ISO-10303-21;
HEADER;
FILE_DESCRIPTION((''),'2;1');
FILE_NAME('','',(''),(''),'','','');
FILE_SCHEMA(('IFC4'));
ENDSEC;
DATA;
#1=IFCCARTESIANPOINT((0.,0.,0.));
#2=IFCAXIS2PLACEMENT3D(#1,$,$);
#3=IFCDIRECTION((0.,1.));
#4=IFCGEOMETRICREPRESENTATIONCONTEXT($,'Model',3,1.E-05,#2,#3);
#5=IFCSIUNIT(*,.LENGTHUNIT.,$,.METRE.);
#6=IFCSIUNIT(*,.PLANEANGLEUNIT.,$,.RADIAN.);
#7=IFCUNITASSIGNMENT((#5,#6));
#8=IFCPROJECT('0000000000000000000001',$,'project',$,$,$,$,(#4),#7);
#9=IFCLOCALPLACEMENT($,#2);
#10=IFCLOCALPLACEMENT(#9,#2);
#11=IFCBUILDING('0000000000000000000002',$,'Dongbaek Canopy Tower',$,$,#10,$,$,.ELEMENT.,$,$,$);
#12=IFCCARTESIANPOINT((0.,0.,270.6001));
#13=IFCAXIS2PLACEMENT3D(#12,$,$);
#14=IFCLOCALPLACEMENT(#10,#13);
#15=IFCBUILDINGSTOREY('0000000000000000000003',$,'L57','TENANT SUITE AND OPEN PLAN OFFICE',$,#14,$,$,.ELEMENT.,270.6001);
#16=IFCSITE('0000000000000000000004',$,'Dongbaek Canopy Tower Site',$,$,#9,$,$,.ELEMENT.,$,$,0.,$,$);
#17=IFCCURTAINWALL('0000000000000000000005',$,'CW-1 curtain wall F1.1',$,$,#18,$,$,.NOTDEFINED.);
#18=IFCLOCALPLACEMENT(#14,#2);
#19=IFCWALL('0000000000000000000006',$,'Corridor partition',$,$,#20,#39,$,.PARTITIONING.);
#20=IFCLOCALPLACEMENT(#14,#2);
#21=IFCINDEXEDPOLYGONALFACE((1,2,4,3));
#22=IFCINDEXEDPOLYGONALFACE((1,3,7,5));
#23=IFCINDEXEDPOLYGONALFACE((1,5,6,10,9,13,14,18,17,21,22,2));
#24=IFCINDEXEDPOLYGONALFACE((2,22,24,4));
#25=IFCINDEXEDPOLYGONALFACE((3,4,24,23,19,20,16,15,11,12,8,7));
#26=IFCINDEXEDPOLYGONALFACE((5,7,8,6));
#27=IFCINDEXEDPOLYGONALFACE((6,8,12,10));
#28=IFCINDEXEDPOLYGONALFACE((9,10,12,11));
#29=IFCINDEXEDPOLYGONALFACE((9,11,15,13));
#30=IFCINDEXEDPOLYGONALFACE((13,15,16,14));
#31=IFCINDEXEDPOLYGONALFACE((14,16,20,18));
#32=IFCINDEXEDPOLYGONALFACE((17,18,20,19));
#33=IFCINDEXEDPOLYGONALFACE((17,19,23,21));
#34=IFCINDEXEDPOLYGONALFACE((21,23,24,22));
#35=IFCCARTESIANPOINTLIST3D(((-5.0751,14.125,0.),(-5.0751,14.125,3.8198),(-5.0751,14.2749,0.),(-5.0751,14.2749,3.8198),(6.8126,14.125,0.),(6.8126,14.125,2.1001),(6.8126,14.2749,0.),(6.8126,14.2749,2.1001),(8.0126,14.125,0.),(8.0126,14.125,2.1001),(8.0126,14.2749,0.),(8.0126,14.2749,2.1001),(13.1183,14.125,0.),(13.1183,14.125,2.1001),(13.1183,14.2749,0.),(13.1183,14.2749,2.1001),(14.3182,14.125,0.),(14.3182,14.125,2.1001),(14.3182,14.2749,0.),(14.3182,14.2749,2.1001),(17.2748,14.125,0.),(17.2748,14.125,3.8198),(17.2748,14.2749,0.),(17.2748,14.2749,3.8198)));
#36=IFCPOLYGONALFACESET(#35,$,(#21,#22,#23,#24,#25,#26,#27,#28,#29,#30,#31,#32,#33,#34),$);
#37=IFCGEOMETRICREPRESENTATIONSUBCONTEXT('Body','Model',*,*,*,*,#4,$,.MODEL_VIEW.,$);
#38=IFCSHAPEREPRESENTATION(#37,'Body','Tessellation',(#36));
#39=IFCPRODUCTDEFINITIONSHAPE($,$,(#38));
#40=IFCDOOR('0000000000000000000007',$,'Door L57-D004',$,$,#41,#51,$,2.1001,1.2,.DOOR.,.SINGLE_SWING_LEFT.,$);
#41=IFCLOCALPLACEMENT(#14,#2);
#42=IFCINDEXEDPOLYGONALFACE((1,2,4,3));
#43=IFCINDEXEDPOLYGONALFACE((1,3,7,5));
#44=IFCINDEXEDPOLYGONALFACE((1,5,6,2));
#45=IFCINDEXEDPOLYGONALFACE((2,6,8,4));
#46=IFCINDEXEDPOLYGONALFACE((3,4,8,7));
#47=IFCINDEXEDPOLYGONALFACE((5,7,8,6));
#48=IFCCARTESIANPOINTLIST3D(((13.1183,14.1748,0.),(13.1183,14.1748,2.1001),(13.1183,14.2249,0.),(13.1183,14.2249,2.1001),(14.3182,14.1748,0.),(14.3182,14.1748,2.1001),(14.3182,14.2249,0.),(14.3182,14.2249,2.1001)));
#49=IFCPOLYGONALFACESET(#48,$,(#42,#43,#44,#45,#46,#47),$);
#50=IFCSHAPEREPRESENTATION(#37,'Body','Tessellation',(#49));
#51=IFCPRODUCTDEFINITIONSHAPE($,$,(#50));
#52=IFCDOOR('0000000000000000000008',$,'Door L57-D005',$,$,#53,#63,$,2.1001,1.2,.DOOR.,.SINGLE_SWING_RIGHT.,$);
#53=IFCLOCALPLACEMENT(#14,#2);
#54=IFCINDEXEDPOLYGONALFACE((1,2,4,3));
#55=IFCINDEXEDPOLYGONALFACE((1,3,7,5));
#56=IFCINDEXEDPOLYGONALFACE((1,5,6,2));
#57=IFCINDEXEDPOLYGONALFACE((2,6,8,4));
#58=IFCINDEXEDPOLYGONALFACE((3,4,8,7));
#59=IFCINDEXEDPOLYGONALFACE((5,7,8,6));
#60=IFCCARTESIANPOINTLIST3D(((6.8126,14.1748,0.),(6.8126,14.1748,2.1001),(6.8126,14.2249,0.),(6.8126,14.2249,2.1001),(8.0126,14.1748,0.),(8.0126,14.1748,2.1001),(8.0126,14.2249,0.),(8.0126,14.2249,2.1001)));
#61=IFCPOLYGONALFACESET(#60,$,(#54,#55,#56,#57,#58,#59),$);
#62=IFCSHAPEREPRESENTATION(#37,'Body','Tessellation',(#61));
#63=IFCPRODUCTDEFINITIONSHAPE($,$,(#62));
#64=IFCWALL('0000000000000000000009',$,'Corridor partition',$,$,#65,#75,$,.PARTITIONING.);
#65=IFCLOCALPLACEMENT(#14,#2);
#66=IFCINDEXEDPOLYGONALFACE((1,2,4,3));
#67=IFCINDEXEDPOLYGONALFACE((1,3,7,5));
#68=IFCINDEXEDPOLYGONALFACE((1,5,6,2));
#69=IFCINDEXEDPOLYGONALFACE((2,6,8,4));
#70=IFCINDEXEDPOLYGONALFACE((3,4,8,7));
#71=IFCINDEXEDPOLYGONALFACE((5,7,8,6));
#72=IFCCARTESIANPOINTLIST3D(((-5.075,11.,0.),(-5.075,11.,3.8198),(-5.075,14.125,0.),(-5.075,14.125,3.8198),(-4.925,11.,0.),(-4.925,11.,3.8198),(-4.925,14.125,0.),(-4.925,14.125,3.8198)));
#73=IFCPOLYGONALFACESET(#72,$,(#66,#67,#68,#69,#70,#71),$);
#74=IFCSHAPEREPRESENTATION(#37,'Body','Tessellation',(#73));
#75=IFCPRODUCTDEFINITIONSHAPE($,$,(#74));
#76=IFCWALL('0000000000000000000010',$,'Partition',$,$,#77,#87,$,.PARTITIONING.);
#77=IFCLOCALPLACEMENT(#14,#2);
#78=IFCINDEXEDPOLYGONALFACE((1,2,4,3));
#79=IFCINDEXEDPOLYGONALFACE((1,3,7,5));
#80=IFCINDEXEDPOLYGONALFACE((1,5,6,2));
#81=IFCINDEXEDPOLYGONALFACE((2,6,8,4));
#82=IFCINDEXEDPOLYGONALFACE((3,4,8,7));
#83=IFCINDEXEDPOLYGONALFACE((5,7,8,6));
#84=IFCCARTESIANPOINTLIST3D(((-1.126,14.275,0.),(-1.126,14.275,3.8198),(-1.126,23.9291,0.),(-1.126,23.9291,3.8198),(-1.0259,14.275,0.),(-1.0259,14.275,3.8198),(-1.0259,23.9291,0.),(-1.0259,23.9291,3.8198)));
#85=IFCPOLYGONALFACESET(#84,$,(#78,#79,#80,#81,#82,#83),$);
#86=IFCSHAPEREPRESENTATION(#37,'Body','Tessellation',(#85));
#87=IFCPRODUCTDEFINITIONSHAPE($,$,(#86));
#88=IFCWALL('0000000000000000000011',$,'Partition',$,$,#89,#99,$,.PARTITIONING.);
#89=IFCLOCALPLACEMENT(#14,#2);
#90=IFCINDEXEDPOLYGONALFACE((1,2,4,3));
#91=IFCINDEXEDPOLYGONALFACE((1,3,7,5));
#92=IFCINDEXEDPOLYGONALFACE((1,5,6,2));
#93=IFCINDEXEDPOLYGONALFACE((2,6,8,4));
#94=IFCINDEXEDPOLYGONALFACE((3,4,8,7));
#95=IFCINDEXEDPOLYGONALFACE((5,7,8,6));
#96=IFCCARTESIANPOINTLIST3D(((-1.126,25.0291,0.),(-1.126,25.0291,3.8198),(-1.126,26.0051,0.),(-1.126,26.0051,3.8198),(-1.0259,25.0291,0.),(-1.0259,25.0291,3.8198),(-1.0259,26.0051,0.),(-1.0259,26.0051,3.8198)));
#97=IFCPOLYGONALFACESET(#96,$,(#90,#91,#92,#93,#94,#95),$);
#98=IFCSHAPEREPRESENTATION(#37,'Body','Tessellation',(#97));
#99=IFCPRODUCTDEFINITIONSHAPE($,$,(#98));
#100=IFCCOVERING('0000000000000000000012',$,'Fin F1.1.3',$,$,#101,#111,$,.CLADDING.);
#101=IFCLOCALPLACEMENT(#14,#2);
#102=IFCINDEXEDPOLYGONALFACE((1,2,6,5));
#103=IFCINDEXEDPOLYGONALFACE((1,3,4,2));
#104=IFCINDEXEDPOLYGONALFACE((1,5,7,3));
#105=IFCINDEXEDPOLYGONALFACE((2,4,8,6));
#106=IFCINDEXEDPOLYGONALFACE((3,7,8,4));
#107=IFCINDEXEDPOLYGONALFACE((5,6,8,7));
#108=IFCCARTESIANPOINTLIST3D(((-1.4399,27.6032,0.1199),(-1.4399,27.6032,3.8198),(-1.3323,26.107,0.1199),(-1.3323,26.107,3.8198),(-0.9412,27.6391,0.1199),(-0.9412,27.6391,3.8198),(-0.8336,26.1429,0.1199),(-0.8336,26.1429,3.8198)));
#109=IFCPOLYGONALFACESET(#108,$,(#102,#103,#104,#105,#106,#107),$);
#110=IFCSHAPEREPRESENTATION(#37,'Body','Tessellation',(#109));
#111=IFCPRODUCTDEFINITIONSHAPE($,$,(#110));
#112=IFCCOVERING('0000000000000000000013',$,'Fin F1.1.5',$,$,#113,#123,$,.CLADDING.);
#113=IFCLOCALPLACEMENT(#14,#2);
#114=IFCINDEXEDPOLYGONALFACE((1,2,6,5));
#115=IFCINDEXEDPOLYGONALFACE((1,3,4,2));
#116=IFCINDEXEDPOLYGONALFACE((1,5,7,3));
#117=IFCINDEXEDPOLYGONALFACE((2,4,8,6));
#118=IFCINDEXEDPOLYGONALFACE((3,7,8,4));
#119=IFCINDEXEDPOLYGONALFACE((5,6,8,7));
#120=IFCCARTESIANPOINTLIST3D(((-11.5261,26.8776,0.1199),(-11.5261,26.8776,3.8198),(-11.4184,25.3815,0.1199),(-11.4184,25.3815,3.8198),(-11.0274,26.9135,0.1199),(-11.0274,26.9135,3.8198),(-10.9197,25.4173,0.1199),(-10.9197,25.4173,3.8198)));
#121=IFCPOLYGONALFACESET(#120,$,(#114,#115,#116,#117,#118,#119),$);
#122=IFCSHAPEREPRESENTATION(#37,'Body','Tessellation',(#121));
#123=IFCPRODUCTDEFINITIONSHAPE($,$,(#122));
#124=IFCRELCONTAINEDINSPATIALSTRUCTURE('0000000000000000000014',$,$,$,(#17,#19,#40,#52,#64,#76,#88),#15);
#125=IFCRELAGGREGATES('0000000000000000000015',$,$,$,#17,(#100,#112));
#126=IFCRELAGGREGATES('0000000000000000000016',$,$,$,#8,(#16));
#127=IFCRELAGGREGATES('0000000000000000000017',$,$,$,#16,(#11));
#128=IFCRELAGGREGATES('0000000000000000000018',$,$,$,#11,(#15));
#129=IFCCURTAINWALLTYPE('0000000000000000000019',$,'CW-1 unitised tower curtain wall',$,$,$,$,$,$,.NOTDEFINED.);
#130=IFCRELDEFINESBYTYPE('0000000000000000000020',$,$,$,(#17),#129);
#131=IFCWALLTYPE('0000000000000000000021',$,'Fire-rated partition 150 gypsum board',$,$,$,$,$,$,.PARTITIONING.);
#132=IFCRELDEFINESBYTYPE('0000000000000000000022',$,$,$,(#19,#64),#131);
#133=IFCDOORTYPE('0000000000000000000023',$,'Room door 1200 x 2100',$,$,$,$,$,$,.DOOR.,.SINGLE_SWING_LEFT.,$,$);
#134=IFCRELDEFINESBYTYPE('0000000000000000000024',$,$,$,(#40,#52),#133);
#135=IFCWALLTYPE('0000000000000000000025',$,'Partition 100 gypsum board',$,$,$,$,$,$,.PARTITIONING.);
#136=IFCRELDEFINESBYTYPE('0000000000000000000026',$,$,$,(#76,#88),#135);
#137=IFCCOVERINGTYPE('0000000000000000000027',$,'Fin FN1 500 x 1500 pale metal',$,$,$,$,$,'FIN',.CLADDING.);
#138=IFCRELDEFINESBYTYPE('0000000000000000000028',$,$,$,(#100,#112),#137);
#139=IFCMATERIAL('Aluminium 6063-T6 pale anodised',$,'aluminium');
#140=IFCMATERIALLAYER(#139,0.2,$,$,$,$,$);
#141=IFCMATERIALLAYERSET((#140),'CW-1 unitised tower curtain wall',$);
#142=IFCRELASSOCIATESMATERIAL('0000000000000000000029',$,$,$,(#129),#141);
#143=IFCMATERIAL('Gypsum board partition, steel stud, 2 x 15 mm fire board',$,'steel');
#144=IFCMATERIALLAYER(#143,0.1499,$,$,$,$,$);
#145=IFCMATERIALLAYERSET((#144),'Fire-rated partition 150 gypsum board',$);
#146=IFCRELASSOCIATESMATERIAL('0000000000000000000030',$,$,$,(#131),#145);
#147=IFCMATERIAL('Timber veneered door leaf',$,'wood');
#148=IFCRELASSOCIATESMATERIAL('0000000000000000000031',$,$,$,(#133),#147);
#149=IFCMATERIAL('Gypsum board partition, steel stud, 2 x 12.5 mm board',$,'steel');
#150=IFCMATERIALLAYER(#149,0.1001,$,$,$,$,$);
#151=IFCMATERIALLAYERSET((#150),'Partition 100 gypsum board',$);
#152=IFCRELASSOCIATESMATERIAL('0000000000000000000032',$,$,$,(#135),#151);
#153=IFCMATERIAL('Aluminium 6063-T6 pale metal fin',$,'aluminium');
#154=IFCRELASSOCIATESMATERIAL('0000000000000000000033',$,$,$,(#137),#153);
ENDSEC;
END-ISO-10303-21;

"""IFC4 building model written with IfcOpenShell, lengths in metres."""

from ifc_helpers import new_model, si_unit, direction, frame, frame_2d, origin, origin_2d, place, context, subcontext, project, spatial, rectangle, extrude, material, layer, layer_set, material_profile, profile_set, type_object, element, fill, aggregate, save


model = new_model("IFC4")

# Units and contexts
model_context = context("Model", 3, precision=1e-05, world=origin(), true_north=direction((0.0, 1.0)))
body_context = subcontext(model_context, "Body", "Model", "MODEL_VIEW")
ifc_project = project(units=[si_unit("LENGTHUNIT", "METRE"), si_unit("PLANEANGLEUNIT", "RADIAN")], contexts=[model_context])

# Site, building, storey
site_placement = place(None, origin())
site = spatial("IfcSite", under=ifc_project, at=site_placement, Name="Dongbaek Canopy Tower Site", CompositionType="ELEMENT", RefElevation=0.0)
building_placement = place(site_placement, origin())
building = spatial("IfcBuilding", under=site, at=building_placement, Name="Dongbaek Canopy Tower", CompositionType="ELEMENT")
storey_placement = place(building_placement, frame((0.0, 0.0, 270.6001)))
storey = spatial("IfcBuildingStorey", under=building, at=storey_placement, Name="L57", Description="TENANT SUITE AND OPEN PLAN OFFICE", CompositionType="ELEMENT", Elevation=270.6001)

# Curtain wall
ifc_material_1 = material(Name="Aluminium 6063-T6 pale anodised", Category="aluminium")
ifc_layer_1 = layer(ifc_material_1, 0.2)
ifc_layer_set_1 = layer_set([ifc_layer_1], Name="CW-1 unitised tower curtain wall")
curtain_wall_type = type_object("IfcCurtainWallType", Name="CW-1 unitised tower curtain wall", PredefinedType="NOTDEFINED", material=ifc_layer_set_1)
curtain_wall_1_placement = place(storey_placement, origin())
curtain_wall_1 = element("IfcCurtainWall", 1, at=curtain_wall_1_placement, inside=storey, type_object=curtain_wall_type, Name="CW-1 curtain wall F1.1", PredefinedType="NOTDEFINED")

# Wall, openings, doors
ifc_material_2 = material(Name="Gypsum board partition, steel stud, 2 x 15 mm fire board", Category="steel")
ifc_layer_2 = layer(ifc_material_2, 0.1499)
ifc_layer_set_2 = layer_set([ifc_layer_2], Name="Fire-rated partition 150 gypsum board")
wall_type_1 = type_object("IfcWallType", Name="Fire-rated partition 150 gypsum board", PredefinedType="PARTITIONING", material=ifc_layer_set_2)
wall_1_placement = place(storey_placement, frame((-5.075, 14.2, 0.0), z_axis=(0.0, 0.0, 1.0), x_axis=(1.0, 0.0, 0.0)))
wall_1 = element("IfcWall", 2, at=wall_1_placement, inside=storey, type_object=wall_type_1, Name="Corridor partition", PredefinedType="PARTITIONING", context=body_context, shape_type="SweptSolid", body=[
    extrude(rectangle(XDim=22.3499, YDim=0.1499, at=frame_2d((11.1748, 0.0))), origin(), (0.0, 0.0, 1.0), 3.8198),
])
opening_1_placement = place(wall_1_placement, frame((18.1931, 0.0, 0.0)))
opening_1 = element("IfcOpeningElement", 3, at=opening_1_placement, cuts=wall_1, PredefinedType="OPENING", context=body_context, shape_type="SweptSolid", body=[
    extrude(rectangle(XDim=1.2, YDim=2.1001, at=frame_2d((0.6001, 1.05))), frame((0.0, 0.085, 0.0), z_axis=(0.0, -1.0, 0.0), x_axis=(1.0, 0.0, 0.0)), (0.0, 0.0, 1.0), 0.1699),
])
opening_2_placement = place(wall_1_placement, frame((11.8875, 0.0, 0.0)))
opening_2 = element("IfcOpeningElement", 4, at=opening_2_placement, cuts=wall_1, PredefinedType="OPENING", context=body_context, shape_type="SweptSolid", body=[
    extrude(rectangle(XDim=1.2, YDim=2.1001, at=frame_2d((0.6001, 1.05))), frame((0.0, 0.085, 0.0), z_axis=(0.0, -1.0, 0.0), x_axis=(1.0, 0.0, 0.0)), (0.0, 0.0, 1.0), 0.1699),
])
ifc_material_3 = material(Name="Timber veneered door leaf", Category="wood")
door_type = type_object("IfcDoorType", Name="Room door 1200 x 2100", OperationType="SINGLE_SWING_LEFT", PredefinedType="DOOR", material=ifc_material_3)
door_1_placement = place(opening_1_placement, origin())
door_1 = element("IfcDoor", 5, at=door_1_placement, inside=storey, type_object=door_type, Name="Door L57-D004", OperationType="SINGLE_SWING_LEFT", OverallHeight=2.1001, OverallWidth=1.2, PredefinedType="DOOR", context=body_context, shape_type="SweptSolid", body=[
    extrude(rectangle(XDim=1.2, YDim=2.1001, at=frame_2d((0.6001, 1.05))), frame((0.0, 0.0249, 0.0), z_axis=(0.0, -1.0, 0.0), x_axis=(1.0, 0.0, 0.0)), (0.0, 0.0, 1.0), 0.05),
])
fill(opening_1, door_1)
door_2_placement = place(opening_2_placement, origin())
door_2 = element("IfcDoor", 6, at=door_2_placement, inside=storey, type_object=door_type, Name="Door L57-D005", OperationType="SINGLE_SWING_RIGHT", OverallHeight=2.1001, OverallWidth=1.2, PredefinedType="DOOR", context=body_context, shape_type="SweptSolid", body=[
    extrude(rectangle(XDim=1.2, YDim=2.1001, at=frame_2d((0.6001, 1.05))), frame((0.0, 0.0249, 0.0), z_axis=(0.0, -1.0, 0.0), x_axis=(1.0, 0.0, 0.0)), (0.0, 0.0, 1.0), 0.05),
])
fill(opening_2, door_2)

# Walls
wall_2_placement = place(storey_placement, frame((-5.0, 11.0, 0.0), z_axis=(0.0, 0.0, 1.0), x_axis=(0.0, 1.0, 0.0)))
element("IfcWall", 7, at=wall_2_placement, inside=storey, type_object=wall_type_1, Name="Corridor partition", PredefinedType="PARTITIONING", context=body_context, shape_type="SweptSolid", body=[
    extrude(rectangle(XDim=3.125, YDim=0.1499, at=frame_2d((1.5625, 0.0))), origin(), (0.0, 0.0, 1.0), 3.8198),
])
ifc_material_4 = material(Name="Gypsum board partition, steel stud, 2 x 12.5 mm board", Category="steel")
ifc_layer_3 = layer(ifc_material_4, 0.1001)
ifc_layer_set_3 = layer_set([ifc_layer_3], Name="Partition 100 gypsum board")
wall_type_2 = type_object("IfcWallType", Name="Partition 100 gypsum board", PredefinedType="PARTITIONING", material=ifc_layer_set_3)
wall_3_placement = place(storey_placement, frame((-1.0759, 14.2749, 0.0), z_axis=(0.0, 0.0, 1.0), x_axis=(0.0, 1.0, 0.0)))
element("IfcWall", 8, at=wall_3_placement, inside=storey, type_object=wall_type_2, Name="Partition", PredefinedType="PARTITIONING", context=body_context, shape_type="SweptSolid", body=[
    extrude(rectangle(XDim=9.6541, YDim=0.1001, at=frame_2d((4.8271, 0.0))), origin(), (0.0, 0.0, 1.0), 3.8198),
])
wall_4_placement = place(storey_placement, frame((-1.0759, 25.0291, 0.0), z_axis=(0.0, 0.0, 1.0), x_axis=(0.0, 1.0, 0.0)))
element("IfcWall", 9, at=wall_4_placement, inside=storey, type_object=wall_type_2, Name="Partition", PredefinedType="PARTITIONING", context=body_context, shape_type="SweptSolid", body=[
    extrude(rectangle(XDim=0.9761, YDim=0.1001, at=frame_2d((0.488, 0.0))), origin(), (0.0, 0.0, 1.0), 3.8198),
])

# Coverings
ifc_material_5 = material(Name="Aluminium 6063-T6 pale metal fin", Category="aluminium")
ifc_material_profile_1 = material_profile(ifc_material_5, rectangle(XDim=1.5, YDim=0.5, at=origin_2d()), Name="Fin FN1 500 x 1500 pale metal")
ifc_profile_set_1 = profile_set([ifc_material_profile_1], Name="Aluminium 6063-T6 pale metal fin")
covering_type = type_object("IfcCoveringType", Name="Fin FN1 500 x 1500 pale metal", ElementType="FIN", PredefinedType="CLADDING", material=ifc_profile_set_1)
covering_1_placement = place(storey_placement, frame((-1.1367, 26.873, 0.1199), z_axis=(0.0, 0.0, 1.0), x_axis=(-0.071744, 0.997423, 0.0)))
covering_1 = element("IfcCovering", 10, at=covering_1_placement, type_object=covering_type, Name="Fin F1.1.3", PredefinedType="CLADDING", context=body_context, shape_type="SweptSolid", body=[
    extrude(rectangle(XDim=1.5, YDim=0.5, at=origin_2d()), origin(), (0.0, 0.0, 1.0), 3.7),
])
covering_2_placement = place(storey_placement, frame((-11.2229, 26.1475, 0.1199), z_axis=(0.0, 0.0, 1.0), x_axis=(-0.071744, 0.997423, 0.0)))
covering_2 = element("IfcCovering", 11, at=covering_2_placement, type_object=covering_type, Name="Fin F1.1.5", PredefinedType="CLADDING", context=body_context, shape_type="SweptSolid", body=[
    extrude(rectangle(XDim=1.5, YDim=0.5, at=origin_2d()), origin(), (0.0, 0.0, 1.0), 3.7),
])
aggregate(curtain_wall_1, [covering_1, covering_2])

save(model, "model.ifc")
